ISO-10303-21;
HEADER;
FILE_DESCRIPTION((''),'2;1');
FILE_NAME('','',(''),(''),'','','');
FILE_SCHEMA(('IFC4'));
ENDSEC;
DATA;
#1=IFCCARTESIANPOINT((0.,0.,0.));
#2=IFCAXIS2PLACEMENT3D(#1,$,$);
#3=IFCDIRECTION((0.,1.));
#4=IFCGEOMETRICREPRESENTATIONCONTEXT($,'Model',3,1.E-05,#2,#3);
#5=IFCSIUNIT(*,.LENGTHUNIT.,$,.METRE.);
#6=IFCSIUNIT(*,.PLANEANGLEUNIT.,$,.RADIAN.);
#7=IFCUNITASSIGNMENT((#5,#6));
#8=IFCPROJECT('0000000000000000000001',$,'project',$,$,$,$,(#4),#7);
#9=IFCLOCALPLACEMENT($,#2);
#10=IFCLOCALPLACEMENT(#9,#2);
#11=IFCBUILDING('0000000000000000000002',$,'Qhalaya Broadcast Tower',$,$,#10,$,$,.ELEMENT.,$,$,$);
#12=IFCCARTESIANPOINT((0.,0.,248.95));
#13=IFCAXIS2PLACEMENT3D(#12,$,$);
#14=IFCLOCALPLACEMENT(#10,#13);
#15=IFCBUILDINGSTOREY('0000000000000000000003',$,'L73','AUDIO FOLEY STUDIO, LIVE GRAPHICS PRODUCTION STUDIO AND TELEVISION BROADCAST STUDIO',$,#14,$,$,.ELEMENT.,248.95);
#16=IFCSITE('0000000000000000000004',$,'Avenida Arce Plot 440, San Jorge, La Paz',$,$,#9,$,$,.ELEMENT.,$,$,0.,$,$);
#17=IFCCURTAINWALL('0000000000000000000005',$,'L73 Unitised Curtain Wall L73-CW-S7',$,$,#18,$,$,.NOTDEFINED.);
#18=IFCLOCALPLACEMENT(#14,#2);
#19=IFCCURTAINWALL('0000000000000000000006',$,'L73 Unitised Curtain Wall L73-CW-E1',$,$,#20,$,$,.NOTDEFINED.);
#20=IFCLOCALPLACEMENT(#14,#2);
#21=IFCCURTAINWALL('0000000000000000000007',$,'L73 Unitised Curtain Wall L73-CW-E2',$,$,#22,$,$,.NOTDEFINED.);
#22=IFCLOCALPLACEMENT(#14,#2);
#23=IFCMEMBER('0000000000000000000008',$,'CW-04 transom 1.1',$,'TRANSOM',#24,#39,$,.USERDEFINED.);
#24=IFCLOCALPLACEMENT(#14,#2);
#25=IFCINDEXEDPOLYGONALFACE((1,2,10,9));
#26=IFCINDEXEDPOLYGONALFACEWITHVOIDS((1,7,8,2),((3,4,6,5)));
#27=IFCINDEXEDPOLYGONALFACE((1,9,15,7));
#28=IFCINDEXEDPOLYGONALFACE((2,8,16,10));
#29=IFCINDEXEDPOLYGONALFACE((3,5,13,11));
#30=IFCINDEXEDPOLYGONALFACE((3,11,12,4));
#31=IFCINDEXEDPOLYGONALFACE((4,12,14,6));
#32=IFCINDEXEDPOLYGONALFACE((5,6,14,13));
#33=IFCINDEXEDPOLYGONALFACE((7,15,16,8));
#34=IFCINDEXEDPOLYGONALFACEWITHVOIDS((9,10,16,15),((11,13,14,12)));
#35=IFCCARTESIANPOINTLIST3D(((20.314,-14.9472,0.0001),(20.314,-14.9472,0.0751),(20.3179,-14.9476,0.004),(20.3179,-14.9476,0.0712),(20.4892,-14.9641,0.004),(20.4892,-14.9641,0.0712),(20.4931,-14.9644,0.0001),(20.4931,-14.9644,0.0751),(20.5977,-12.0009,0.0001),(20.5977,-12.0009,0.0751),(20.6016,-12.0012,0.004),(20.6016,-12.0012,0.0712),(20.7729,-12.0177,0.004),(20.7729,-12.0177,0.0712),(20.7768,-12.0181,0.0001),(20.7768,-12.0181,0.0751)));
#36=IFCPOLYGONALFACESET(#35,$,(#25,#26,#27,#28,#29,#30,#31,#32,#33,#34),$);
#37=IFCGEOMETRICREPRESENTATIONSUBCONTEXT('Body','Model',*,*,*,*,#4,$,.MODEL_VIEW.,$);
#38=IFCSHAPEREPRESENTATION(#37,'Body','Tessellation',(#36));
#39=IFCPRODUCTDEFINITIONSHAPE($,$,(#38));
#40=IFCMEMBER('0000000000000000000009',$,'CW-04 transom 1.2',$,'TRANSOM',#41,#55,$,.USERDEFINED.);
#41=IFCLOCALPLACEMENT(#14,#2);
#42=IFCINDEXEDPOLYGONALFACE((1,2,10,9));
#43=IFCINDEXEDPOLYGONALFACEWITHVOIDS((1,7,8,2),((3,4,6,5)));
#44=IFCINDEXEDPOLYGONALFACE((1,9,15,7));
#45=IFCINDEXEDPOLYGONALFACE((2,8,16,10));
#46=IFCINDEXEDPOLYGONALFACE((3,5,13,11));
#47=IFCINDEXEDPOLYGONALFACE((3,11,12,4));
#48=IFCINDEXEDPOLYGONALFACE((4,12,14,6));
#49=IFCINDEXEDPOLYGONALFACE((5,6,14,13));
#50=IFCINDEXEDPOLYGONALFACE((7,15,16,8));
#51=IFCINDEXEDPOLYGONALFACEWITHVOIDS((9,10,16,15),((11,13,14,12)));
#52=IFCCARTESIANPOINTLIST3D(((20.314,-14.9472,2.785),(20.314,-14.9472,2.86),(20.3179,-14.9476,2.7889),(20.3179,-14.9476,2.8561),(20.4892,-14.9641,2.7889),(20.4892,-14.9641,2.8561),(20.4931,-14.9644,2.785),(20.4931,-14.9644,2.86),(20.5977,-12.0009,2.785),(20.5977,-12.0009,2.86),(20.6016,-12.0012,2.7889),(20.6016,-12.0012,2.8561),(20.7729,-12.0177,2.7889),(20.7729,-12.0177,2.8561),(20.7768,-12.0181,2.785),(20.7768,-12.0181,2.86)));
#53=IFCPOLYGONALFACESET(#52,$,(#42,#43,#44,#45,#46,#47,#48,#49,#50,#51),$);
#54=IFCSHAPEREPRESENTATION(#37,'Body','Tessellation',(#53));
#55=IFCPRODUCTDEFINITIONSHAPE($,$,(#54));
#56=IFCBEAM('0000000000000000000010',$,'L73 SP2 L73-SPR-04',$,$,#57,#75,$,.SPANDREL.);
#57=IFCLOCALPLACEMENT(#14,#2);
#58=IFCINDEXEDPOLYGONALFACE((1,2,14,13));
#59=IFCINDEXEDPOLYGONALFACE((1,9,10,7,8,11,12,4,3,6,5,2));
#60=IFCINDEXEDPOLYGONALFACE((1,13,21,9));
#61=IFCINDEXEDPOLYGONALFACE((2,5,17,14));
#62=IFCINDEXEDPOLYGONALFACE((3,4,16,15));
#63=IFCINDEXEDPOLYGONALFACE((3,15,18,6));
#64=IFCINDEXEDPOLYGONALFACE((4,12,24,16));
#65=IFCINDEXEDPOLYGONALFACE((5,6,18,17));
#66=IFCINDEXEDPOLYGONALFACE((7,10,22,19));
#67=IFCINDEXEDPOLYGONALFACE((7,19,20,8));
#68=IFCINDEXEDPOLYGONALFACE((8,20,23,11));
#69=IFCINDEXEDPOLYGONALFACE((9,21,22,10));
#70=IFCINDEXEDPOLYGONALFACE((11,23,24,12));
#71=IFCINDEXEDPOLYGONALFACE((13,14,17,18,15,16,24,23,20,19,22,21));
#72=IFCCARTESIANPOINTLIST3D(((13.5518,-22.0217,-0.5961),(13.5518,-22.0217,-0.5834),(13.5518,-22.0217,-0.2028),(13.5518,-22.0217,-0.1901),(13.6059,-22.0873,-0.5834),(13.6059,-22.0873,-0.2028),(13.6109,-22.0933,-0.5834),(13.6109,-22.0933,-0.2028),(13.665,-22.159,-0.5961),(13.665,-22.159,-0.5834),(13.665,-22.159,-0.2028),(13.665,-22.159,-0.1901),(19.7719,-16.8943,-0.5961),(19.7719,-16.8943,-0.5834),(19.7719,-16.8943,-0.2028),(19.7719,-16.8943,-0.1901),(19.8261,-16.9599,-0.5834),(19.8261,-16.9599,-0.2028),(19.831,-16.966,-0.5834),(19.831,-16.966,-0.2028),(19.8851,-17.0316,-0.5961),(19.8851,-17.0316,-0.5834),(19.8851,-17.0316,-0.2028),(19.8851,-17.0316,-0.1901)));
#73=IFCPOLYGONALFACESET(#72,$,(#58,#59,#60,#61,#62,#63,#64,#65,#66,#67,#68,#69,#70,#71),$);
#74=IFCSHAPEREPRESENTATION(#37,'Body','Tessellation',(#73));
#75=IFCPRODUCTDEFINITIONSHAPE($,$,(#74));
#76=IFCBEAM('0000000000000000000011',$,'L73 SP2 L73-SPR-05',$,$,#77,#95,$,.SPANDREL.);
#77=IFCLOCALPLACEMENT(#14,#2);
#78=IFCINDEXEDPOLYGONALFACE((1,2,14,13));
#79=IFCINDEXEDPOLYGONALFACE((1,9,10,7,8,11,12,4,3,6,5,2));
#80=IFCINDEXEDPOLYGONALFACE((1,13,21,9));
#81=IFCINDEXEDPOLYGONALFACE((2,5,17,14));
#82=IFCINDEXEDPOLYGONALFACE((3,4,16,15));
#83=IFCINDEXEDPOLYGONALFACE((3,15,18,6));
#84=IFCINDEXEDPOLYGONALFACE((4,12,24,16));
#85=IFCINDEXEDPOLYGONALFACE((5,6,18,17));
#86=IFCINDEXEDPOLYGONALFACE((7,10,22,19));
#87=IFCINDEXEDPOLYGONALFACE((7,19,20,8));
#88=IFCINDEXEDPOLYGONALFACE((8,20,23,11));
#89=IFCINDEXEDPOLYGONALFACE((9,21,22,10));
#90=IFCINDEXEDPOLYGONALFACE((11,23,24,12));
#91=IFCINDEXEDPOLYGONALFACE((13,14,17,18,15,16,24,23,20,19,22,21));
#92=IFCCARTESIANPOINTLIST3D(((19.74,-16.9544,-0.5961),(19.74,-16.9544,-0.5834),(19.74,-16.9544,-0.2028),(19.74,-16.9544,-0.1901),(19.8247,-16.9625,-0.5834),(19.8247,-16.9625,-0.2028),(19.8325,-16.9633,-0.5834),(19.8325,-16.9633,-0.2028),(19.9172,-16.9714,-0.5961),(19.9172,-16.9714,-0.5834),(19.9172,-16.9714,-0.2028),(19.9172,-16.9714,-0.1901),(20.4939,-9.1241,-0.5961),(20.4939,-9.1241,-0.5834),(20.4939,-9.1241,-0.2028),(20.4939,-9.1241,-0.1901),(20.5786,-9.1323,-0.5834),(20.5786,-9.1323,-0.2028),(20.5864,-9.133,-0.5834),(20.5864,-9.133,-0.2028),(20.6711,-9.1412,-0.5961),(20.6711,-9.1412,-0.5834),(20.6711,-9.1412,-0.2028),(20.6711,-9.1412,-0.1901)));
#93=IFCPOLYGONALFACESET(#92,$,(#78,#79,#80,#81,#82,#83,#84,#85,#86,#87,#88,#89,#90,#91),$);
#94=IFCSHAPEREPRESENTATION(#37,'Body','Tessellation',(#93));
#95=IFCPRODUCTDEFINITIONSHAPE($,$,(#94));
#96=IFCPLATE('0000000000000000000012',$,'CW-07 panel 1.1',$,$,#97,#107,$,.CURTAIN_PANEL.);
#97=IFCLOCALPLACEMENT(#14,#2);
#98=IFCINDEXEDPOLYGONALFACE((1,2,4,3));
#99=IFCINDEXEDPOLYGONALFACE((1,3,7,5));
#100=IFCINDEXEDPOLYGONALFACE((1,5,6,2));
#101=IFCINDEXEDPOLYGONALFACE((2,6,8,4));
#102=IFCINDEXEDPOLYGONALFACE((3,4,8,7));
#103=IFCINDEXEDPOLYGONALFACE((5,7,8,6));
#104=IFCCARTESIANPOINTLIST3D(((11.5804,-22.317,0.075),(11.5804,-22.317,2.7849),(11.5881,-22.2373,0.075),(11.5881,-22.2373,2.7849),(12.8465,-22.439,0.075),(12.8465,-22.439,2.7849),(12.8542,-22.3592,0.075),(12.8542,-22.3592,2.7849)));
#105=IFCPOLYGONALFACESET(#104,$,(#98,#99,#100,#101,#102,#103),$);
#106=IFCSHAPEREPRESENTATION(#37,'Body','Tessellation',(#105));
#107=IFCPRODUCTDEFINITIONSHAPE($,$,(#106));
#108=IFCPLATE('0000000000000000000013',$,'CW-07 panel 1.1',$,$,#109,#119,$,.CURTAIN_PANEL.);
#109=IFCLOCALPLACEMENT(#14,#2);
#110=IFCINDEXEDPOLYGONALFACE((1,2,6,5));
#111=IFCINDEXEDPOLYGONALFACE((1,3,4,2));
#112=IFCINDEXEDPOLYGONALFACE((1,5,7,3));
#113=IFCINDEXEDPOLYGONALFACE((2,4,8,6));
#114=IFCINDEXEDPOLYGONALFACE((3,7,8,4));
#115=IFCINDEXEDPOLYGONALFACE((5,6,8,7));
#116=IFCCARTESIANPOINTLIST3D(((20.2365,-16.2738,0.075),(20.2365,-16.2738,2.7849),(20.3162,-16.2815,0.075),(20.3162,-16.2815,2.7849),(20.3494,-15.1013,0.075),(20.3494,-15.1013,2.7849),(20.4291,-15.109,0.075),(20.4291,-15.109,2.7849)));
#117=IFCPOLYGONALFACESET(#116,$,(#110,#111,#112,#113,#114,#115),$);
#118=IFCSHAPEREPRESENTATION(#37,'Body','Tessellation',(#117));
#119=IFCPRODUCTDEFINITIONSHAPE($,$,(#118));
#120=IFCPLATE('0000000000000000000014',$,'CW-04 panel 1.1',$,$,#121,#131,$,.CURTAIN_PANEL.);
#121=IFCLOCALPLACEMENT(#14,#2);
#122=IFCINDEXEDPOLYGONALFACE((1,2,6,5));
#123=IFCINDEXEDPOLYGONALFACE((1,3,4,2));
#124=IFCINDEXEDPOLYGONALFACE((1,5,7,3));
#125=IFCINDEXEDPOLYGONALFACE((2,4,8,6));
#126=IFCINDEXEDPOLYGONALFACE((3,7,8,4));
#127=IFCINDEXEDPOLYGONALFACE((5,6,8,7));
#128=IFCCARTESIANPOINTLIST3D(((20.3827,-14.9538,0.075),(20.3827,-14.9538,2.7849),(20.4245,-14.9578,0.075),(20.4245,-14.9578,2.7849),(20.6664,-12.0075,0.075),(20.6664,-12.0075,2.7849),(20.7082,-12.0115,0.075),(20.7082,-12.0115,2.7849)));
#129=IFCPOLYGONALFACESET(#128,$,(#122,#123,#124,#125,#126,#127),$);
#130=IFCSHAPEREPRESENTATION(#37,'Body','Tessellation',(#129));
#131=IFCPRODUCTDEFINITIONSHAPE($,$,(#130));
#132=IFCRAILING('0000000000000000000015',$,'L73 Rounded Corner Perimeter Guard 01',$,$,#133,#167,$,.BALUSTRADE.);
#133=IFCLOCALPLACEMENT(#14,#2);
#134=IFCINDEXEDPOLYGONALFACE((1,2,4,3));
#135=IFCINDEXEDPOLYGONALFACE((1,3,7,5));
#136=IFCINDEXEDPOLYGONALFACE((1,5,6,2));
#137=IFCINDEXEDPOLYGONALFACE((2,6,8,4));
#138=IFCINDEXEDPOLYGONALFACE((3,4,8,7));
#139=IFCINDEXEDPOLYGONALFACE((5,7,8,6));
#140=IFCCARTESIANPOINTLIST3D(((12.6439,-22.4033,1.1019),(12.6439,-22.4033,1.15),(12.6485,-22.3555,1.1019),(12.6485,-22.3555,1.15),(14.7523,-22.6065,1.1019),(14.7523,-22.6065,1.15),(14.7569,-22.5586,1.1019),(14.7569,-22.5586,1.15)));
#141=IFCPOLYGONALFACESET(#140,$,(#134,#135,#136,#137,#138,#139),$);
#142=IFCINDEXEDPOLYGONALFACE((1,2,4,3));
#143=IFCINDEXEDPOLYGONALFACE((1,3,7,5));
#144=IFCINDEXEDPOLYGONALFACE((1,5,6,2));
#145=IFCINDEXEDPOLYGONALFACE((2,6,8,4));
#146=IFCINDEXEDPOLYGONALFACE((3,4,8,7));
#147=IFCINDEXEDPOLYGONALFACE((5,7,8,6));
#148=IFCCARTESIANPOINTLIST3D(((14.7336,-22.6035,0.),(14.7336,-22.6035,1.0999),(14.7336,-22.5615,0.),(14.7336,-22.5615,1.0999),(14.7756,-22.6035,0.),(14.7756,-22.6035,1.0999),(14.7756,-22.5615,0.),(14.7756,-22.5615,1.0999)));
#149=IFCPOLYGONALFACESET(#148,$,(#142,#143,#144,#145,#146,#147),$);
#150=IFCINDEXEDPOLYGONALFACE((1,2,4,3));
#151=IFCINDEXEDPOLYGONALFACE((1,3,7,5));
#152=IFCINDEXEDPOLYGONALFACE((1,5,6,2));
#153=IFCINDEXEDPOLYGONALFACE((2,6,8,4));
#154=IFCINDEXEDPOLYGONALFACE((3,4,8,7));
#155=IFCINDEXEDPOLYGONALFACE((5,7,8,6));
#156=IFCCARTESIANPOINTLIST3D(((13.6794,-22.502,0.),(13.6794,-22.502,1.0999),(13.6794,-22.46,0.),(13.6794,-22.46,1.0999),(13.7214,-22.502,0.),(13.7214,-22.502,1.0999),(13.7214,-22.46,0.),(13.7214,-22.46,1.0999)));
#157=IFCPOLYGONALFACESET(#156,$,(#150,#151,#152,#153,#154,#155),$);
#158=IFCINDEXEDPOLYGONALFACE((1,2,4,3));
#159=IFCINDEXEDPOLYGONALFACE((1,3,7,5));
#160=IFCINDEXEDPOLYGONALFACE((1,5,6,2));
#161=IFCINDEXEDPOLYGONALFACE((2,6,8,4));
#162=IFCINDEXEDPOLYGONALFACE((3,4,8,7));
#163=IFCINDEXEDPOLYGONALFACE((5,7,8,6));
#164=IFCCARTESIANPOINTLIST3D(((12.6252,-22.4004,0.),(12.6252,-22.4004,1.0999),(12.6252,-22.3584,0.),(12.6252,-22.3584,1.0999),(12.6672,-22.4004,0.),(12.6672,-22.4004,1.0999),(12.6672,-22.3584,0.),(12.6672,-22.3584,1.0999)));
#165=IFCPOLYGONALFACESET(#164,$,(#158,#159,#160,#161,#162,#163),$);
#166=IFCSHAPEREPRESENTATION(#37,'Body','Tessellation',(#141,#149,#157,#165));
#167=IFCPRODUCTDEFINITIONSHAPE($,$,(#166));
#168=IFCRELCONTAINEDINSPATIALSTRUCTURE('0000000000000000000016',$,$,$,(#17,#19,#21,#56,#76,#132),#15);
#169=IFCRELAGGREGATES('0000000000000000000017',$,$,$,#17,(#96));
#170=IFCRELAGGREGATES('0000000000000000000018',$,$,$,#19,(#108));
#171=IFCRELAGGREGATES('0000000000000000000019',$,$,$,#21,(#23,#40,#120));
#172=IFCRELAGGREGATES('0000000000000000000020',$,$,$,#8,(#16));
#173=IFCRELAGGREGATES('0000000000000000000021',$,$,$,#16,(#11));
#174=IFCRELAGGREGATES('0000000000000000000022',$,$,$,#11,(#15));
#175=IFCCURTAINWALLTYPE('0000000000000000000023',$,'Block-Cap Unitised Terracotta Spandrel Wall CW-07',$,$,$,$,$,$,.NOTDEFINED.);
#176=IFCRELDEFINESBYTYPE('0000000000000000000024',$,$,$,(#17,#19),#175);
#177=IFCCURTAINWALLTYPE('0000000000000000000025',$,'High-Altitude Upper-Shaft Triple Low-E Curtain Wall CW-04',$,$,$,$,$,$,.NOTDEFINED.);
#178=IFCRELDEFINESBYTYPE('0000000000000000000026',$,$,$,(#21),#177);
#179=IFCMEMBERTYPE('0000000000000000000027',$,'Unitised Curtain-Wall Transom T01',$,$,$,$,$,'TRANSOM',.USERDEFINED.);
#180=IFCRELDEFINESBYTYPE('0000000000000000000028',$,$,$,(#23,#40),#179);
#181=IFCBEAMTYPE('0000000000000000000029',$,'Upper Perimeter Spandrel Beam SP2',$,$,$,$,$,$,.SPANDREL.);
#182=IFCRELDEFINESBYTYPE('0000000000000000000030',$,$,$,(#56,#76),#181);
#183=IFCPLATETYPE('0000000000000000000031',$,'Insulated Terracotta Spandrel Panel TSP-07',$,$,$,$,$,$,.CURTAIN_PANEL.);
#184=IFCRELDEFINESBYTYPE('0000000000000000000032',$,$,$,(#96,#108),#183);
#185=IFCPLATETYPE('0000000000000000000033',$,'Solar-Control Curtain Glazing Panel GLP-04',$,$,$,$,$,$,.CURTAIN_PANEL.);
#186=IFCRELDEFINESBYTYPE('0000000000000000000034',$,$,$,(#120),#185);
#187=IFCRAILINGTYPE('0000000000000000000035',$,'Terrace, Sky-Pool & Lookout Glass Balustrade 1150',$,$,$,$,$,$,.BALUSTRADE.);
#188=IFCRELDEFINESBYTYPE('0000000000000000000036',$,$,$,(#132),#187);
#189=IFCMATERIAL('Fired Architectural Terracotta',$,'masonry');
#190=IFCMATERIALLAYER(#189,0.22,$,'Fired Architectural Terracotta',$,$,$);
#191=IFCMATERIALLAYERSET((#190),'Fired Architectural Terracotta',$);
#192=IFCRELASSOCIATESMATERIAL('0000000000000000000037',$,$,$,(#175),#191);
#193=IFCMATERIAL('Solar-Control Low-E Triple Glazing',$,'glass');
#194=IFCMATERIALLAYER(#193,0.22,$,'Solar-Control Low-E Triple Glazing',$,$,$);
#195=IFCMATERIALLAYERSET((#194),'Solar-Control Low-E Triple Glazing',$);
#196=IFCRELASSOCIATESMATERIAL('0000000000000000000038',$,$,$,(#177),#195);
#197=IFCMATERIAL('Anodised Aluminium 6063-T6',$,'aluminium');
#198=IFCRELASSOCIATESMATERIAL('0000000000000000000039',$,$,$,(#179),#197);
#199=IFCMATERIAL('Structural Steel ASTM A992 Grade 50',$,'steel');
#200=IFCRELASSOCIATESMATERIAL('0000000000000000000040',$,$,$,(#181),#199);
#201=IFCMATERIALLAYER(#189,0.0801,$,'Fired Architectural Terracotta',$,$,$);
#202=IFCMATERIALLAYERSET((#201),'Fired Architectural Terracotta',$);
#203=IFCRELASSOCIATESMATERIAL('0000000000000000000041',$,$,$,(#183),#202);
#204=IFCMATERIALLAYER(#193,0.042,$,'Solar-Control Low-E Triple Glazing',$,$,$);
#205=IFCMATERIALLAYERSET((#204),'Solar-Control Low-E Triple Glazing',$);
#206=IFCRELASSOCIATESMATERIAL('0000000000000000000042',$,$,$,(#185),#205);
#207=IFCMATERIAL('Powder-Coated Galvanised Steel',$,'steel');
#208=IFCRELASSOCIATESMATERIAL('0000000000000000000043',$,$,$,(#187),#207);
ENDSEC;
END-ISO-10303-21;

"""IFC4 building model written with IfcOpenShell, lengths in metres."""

from ifc_helpers import new_model, si_unit, direction, frame, origin, origin_2d, place, context, subcontext, project, spatial, rectangle, hollow_rectangle, i_section, extrude, material, layer, layer_set, material_profile, profile_set, type_object, element, aggregate, save


model = new_model("IFC4")

# Units and contexts
model_context = context("Model", 3, precision=1e-05, world=origin(), true_north=direction((0.0, 1.0)))
body_context = subcontext(model_context, "Body", "Model", "MODEL_VIEW")
ifc_project = project(units=[si_unit("LENGTHUNIT", "METRE"), si_unit("PLANEANGLEUNIT", "RADIAN")], contexts=[model_context])

# Site, building, storey
site_placement = place(None, origin())
site = spatial("IfcSite", under=ifc_project, at=site_placement, Name="Avenida Arce Plot 440, San Jorge, La Paz", CompositionType="ELEMENT", RefElevation=0.0)
building_placement = place(site_placement, origin())
building = spatial("IfcBuilding", under=site, at=building_placement, Name="Qhalaya Broadcast Tower", CompositionType="ELEMENT")
storey_placement = place(building_placement, frame((0.0, 0.0, 248.95)))
storey = spatial("IfcBuildingStorey", under=building, at=storey_placement, Name="L73", Description="AUDIO FOLEY STUDIO, LIVE GRAPHICS PRODUCTION STUDIO AND TELEVISION BROADCAST STUDIO", CompositionType="ELEMENT", Elevation=248.95)

# Shared definitions
ifc_material_1 = material(Name="Fired Architectural Terracotta", Category="masonry")

# Curtain wall
ifc_layer_1 = layer(ifc_material_1, 0.22, Name="Fired Architectural Terracotta")
ifc_layer_set_1 = layer_set([ifc_layer_1], Name="Fired Architectural Terracotta")
curtain_wall_type_1 = type_object("IfcCurtainWallType", Name="Block-Cap Unitised Terracotta Spandrel Wall CW-07", PredefinedType="NOTDEFINED", material=ifc_layer_set_1)
curtain_wall_1_placement = place(storey_placement, origin())
curtain_wall_1 = element("IfcCurtainWall", 1, at=curtain_wall_1_placement, inside=storey, type_object=curtain_wall_type_1, Name="L73 Unitised Curtain Wall L73-CW-S7", PredefinedType="NOTDEFINED")
ifc_material_2 = material(Name="Anodised Aluminium 6063-T6", Category="aluminium")

# Curtain wall
curtain_wall_2_placement = place(storey_placement, origin())
curtain_wall_2 = element("IfcCurtainWall", 2, at=curtain_wall_2_placement, inside=storey, type_object=curtain_wall_type_1, Name="L73 Unitised Curtain Wall L73-CW-E1", PredefinedType="NOTDEFINED")

# Curtain wall
ifc_material_3 = material(Name="Solar-Control Low-E Triple Glazing", Category="glass")
ifc_layer_2 = layer(ifc_material_3, 0.22, Name="Solar-Control Low-E Triple Glazing")
ifc_layer_set_2 = layer_set([ifc_layer_2], Name="Solar-Control Low-E Triple Glazing")
curtain_wall_type_2 = type_object("IfcCurtainWallType", Name="High-Altitude Upper-Shaft Triple Low-E Curtain Wall CW-04", PredefinedType="NOTDEFINED", material=ifc_layer_set_2)
curtain_wall_3_placement = place(storey_placement, origin())
curtain_wall_3 = element("IfcCurtainWall", 3, at=curtain_wall_3_placement, inside=storey, type_object=curtain_wall_type_2, Name="L73 Unitised Curtain Wall L73-CW-E2", PredefinedType="NOTDEFINED")

# Members
ifc_material_profile_1 = material_profile(ifc_material_2, hollow_rectangle(XDim=0.075, YDim=0.1799, WallThickness=0.0039, at=origin_2d()), Name="ALU-TRN 75x180x4")
ifc_profile_set_1 = profile_set([ifc_material_profile_1], Name="Anodised Aluminium 6063-T6")
member_type_1 = type_object("IfcMemberType", Name="Unitised Curtain-Wall Transom T01", ElementType="TRANSOM", PredefinedType="USERDEFINED", material=ifc_profile_set_1)
member_1_placement = place(storey_placement, frame((20.4036, -14.9558, 0.0376), z_axis=(0.095844, 0.995396, 0.0), x_axis=(0.0, 0.0, 1.0)))
member_1 = element("IfcMember", 4, at=member_1_placement, type_object=member_type_1, Name="CW-04 transom 1.1", ObjectType="TRANSOM", PredefinedType="USERDEFINED", context=body_context, shape_type="SweptSolid", body=[
    extrude(hollow_rectangle(XDim=0.075, YDim=0.1799, WallThickness=0.0039, at=origin_2d()), origin(), (0.0, 0.0, 1.0), 2.96),
])
member_2_placement = place(storey_placement, frame((20.4036, -14.9558, 2.8225), z_axis=(0.095844, 0.995396, 0.0), x_axis=(0.0, 0.0, 1.0)))
member_2 = element("IfcMember", 5, at=member_2_placement, type_object=member_type_1, Name="CW-04 transom 1.2", ObjectType="TRANSOM", PredefinedType="USERDEFINED", context=body_context, shape_type="SweptSolid", body=[
    extrude(hollow_rectangle(XDim=0.075, YDim=0.1799, WallThickness=0.0039, at=origin_2d()), origin(), (0.0, 0.0, 1.0), 2.96),
])

# Beams
ifc_material_4 = material(Name="Structural Steel ASTM A992 Grade 50", Category="steel")
ifc_material_profile_2 = material_profile(ifc_material_4, i_section(OverallWidth=0.178, OverallDepth=0.406, WebThickness=0.0078, FlangeThickness=0.0127, at=origin_2d()), Name="W16X40")
ifc_profile_set_2 = profile_set([ifc_material_profile_2], Name="Structural Steel ASTM A992 Grade 50")
beam_type = type_object("IfcBeamType", Name="Upper Perimeter Spandrel Beam SP2", PredefinedType="SPANDREL", material=ifc_profile_set_2)
beam_1_placement = place(storey_placement, frame((13.6084, -22.0903, -0.3931), z_axis=(0.771631, 0.63607, 0.0), x_axis=(-0.63607, 0.771631, 0.0)))
element("IfcBeam", 6, at=beam_1_placement, inside=storey, type_object=beam_type, Name="L73 SP2 L73-SPR-04", PredefinedType="SPANDREL", context=body_context, shape_type="SweptSolid", body=[
    extrude(i_section(OverallWidth=0.178, OverallDepth=0.406, WebThickness=0.0078, FlangeThickness=0.0127, at=origin_2d()), origin(), (0.0, 0.0, 1.0), 8.061),
])
beam_2_placement = place(storey_placement, frame((19.8286, -16.9629, -0.3931), z_axis=(0.095837, 0.995397, 0.0), x_axis=(-0.995397, 0.095837, 0.0)))
element("IfcBeam", 7, at=beam_2_placement, inside=storey, type_object=beam_type, Name="L73 SP2 L73-SPR-05", PredefinedType="SPANDREL", context=body_context, shape_type="SweptSolid", body=[
    extrude(i_section(OverallWidth=0.178, OverallDepth=0.406, WebThickness=0.0078, FlangeThickness=0.0127, at=origin_2d()), origin(), (0.0, 0.0, 1.0), 7.8665),
])

# Plates
ifc_layer_3 = layer(ifc_material_1, 0.0801, Name="Fired Architectural Terracotta")
ifc_layer_set_3 = layer_set([ifc_layer_3], Name="Fired Architectural Terracotta")
plate_type_1 = type_object("IfcPlateType", Name="Insulated Terracotta Spandrel Panel TSP-07", PredefinedType="CURTAIN_PANEL", material=ifc_layer_set_3)
plate_1_placement = place(storey_placement, frame((12.2173, -22.3381, 0.075), z_axis=(0.0, 0.0, 1.0), x_axis=(0.995395, -0.095854, 0.0)))
plate_1 = element("IfcPlate", 8, at=plate_1_placement, type_object=plate_type_1, Name="CW-07 panel 1.1", PredefinedType="CURTAIN_PANEL", context=body_context, shape_type="SweptSolid", body=[
    extrude(rectangle(XDim=1.272, YDim=0.0801, at=origin_2d()), origin(), (0.0, 0.0, 1.0), 2.71),
])
aggregate(curtain_wall_1, [plate_1])
plate_2_placement = place(storey_placement, frame((20.3328, -15.6914, 0.075), z_axis=(0.0, 0.0, 1.0), x_axis=(0.095857, 0.995395, 0.0)))
plate_2 = element("IfcPlate", 9, at=plate_2_placement, type_object=plate_type_1, Name="CW-07 panel 1.1", PredefinedType="CURTAIN_PANEL", context=body_context, shape_type="SweptSolid", body=[
    extrude(rectangle(XDim=1.178, YDim=0.0801, at=origin_2d()), origin(), (0.0, 0.0, 1.0), 2.71),
])
aggregate(curtain_wall_2, [plate_2])
ifc_layer_4 = layer(ifc_material_3, 0.042, Name="Solar-Control Low-E Triple Glazing")
ifc_layer_set_4 = layer_set([ifc_layer_4], Name="Solar-Control Low-E Triple Glazing")
plate_type_2 = type_object("IfcPlateType", Name="Solar-Control Curtain Glazing Panel GLP-04", PredefinedType="CURTAIN_PANEL", material=ifc_layer_set_4)
plate_3_placement = place(storey_placement, frame((20.5454, -13.4827, 0.075), z_axis=(0.0, 0.0, 1.0), x_axis=(0.095851, 0.995396, 0.0)))
plate_3 = element("IfcPlate", 10, at=plate_3_placement, type_object=plate_type_2, Name="CW-04 panel 1.1", PredefinedType="CURTAIN_PANEL", context=body_context, shape_type="SweptSolid", body=[
    extrude(rectangle(XDim=2.96, YDim=0.042, at=origin_2d()), origin(), (0.0, 0.0, 1.0), 2.71),
])
aggregate(curtain_wall_3, [member_1, member_2, plate_3])

# Railing
ifc_material_5 = material(Name="Powder-Coated Galvanised Steel", Category="steel")
railing_type = type_object("IfcRailingType", Name="Terrace, Sky-Pool & Lookout Glass Balustrade 1150", PredefinedType="BALUSTRADE", material=ifc_material_5)
railing_1_placement = place(storey_placement, frame((14.7546, -22.5825, 0.0)))
element("IfcRailing", 11, at=railing_1_placement, inside=storey, type_object=railing_type, Name="L73 Rounded Corner Perimeter Guard 01", PredefinedType="BALUSTRADE", context=body_context, shape_type="SweptSolid", body=[
    extrude(rectangle(XDim=0.0481, YDim=0.0481, at=origin_2d()), frame((0.0, 0.0, 1.126), z_axis=(-0.995391, 0.095897, 0.0), x_axis=(-0.095897, -0.995391, 0.0)), (0.0, 0.0, 1.0), 2.1182),
    extrude(rectangle(XDim=0.042, YDim=0.042, at=origin_2d()), origin(), (0.0, 0.0, 1.0), 1.0999),
    extrude(rectangle(XDim=0.042, YDim=0.042, at=origin_2d()), frame((-1.0542, 0.1016, 0.0)), (0.0, 0.0, 1.0), 1.0999),
    extrude(rectangle(XDim=0.042, YDim=0.042, at=origin_2d()), frame((-2.1084, 0.2031, 0.0)), (0.0, 0.0, 1.0), 1.0999),
])

save(model, "model.ifc")
